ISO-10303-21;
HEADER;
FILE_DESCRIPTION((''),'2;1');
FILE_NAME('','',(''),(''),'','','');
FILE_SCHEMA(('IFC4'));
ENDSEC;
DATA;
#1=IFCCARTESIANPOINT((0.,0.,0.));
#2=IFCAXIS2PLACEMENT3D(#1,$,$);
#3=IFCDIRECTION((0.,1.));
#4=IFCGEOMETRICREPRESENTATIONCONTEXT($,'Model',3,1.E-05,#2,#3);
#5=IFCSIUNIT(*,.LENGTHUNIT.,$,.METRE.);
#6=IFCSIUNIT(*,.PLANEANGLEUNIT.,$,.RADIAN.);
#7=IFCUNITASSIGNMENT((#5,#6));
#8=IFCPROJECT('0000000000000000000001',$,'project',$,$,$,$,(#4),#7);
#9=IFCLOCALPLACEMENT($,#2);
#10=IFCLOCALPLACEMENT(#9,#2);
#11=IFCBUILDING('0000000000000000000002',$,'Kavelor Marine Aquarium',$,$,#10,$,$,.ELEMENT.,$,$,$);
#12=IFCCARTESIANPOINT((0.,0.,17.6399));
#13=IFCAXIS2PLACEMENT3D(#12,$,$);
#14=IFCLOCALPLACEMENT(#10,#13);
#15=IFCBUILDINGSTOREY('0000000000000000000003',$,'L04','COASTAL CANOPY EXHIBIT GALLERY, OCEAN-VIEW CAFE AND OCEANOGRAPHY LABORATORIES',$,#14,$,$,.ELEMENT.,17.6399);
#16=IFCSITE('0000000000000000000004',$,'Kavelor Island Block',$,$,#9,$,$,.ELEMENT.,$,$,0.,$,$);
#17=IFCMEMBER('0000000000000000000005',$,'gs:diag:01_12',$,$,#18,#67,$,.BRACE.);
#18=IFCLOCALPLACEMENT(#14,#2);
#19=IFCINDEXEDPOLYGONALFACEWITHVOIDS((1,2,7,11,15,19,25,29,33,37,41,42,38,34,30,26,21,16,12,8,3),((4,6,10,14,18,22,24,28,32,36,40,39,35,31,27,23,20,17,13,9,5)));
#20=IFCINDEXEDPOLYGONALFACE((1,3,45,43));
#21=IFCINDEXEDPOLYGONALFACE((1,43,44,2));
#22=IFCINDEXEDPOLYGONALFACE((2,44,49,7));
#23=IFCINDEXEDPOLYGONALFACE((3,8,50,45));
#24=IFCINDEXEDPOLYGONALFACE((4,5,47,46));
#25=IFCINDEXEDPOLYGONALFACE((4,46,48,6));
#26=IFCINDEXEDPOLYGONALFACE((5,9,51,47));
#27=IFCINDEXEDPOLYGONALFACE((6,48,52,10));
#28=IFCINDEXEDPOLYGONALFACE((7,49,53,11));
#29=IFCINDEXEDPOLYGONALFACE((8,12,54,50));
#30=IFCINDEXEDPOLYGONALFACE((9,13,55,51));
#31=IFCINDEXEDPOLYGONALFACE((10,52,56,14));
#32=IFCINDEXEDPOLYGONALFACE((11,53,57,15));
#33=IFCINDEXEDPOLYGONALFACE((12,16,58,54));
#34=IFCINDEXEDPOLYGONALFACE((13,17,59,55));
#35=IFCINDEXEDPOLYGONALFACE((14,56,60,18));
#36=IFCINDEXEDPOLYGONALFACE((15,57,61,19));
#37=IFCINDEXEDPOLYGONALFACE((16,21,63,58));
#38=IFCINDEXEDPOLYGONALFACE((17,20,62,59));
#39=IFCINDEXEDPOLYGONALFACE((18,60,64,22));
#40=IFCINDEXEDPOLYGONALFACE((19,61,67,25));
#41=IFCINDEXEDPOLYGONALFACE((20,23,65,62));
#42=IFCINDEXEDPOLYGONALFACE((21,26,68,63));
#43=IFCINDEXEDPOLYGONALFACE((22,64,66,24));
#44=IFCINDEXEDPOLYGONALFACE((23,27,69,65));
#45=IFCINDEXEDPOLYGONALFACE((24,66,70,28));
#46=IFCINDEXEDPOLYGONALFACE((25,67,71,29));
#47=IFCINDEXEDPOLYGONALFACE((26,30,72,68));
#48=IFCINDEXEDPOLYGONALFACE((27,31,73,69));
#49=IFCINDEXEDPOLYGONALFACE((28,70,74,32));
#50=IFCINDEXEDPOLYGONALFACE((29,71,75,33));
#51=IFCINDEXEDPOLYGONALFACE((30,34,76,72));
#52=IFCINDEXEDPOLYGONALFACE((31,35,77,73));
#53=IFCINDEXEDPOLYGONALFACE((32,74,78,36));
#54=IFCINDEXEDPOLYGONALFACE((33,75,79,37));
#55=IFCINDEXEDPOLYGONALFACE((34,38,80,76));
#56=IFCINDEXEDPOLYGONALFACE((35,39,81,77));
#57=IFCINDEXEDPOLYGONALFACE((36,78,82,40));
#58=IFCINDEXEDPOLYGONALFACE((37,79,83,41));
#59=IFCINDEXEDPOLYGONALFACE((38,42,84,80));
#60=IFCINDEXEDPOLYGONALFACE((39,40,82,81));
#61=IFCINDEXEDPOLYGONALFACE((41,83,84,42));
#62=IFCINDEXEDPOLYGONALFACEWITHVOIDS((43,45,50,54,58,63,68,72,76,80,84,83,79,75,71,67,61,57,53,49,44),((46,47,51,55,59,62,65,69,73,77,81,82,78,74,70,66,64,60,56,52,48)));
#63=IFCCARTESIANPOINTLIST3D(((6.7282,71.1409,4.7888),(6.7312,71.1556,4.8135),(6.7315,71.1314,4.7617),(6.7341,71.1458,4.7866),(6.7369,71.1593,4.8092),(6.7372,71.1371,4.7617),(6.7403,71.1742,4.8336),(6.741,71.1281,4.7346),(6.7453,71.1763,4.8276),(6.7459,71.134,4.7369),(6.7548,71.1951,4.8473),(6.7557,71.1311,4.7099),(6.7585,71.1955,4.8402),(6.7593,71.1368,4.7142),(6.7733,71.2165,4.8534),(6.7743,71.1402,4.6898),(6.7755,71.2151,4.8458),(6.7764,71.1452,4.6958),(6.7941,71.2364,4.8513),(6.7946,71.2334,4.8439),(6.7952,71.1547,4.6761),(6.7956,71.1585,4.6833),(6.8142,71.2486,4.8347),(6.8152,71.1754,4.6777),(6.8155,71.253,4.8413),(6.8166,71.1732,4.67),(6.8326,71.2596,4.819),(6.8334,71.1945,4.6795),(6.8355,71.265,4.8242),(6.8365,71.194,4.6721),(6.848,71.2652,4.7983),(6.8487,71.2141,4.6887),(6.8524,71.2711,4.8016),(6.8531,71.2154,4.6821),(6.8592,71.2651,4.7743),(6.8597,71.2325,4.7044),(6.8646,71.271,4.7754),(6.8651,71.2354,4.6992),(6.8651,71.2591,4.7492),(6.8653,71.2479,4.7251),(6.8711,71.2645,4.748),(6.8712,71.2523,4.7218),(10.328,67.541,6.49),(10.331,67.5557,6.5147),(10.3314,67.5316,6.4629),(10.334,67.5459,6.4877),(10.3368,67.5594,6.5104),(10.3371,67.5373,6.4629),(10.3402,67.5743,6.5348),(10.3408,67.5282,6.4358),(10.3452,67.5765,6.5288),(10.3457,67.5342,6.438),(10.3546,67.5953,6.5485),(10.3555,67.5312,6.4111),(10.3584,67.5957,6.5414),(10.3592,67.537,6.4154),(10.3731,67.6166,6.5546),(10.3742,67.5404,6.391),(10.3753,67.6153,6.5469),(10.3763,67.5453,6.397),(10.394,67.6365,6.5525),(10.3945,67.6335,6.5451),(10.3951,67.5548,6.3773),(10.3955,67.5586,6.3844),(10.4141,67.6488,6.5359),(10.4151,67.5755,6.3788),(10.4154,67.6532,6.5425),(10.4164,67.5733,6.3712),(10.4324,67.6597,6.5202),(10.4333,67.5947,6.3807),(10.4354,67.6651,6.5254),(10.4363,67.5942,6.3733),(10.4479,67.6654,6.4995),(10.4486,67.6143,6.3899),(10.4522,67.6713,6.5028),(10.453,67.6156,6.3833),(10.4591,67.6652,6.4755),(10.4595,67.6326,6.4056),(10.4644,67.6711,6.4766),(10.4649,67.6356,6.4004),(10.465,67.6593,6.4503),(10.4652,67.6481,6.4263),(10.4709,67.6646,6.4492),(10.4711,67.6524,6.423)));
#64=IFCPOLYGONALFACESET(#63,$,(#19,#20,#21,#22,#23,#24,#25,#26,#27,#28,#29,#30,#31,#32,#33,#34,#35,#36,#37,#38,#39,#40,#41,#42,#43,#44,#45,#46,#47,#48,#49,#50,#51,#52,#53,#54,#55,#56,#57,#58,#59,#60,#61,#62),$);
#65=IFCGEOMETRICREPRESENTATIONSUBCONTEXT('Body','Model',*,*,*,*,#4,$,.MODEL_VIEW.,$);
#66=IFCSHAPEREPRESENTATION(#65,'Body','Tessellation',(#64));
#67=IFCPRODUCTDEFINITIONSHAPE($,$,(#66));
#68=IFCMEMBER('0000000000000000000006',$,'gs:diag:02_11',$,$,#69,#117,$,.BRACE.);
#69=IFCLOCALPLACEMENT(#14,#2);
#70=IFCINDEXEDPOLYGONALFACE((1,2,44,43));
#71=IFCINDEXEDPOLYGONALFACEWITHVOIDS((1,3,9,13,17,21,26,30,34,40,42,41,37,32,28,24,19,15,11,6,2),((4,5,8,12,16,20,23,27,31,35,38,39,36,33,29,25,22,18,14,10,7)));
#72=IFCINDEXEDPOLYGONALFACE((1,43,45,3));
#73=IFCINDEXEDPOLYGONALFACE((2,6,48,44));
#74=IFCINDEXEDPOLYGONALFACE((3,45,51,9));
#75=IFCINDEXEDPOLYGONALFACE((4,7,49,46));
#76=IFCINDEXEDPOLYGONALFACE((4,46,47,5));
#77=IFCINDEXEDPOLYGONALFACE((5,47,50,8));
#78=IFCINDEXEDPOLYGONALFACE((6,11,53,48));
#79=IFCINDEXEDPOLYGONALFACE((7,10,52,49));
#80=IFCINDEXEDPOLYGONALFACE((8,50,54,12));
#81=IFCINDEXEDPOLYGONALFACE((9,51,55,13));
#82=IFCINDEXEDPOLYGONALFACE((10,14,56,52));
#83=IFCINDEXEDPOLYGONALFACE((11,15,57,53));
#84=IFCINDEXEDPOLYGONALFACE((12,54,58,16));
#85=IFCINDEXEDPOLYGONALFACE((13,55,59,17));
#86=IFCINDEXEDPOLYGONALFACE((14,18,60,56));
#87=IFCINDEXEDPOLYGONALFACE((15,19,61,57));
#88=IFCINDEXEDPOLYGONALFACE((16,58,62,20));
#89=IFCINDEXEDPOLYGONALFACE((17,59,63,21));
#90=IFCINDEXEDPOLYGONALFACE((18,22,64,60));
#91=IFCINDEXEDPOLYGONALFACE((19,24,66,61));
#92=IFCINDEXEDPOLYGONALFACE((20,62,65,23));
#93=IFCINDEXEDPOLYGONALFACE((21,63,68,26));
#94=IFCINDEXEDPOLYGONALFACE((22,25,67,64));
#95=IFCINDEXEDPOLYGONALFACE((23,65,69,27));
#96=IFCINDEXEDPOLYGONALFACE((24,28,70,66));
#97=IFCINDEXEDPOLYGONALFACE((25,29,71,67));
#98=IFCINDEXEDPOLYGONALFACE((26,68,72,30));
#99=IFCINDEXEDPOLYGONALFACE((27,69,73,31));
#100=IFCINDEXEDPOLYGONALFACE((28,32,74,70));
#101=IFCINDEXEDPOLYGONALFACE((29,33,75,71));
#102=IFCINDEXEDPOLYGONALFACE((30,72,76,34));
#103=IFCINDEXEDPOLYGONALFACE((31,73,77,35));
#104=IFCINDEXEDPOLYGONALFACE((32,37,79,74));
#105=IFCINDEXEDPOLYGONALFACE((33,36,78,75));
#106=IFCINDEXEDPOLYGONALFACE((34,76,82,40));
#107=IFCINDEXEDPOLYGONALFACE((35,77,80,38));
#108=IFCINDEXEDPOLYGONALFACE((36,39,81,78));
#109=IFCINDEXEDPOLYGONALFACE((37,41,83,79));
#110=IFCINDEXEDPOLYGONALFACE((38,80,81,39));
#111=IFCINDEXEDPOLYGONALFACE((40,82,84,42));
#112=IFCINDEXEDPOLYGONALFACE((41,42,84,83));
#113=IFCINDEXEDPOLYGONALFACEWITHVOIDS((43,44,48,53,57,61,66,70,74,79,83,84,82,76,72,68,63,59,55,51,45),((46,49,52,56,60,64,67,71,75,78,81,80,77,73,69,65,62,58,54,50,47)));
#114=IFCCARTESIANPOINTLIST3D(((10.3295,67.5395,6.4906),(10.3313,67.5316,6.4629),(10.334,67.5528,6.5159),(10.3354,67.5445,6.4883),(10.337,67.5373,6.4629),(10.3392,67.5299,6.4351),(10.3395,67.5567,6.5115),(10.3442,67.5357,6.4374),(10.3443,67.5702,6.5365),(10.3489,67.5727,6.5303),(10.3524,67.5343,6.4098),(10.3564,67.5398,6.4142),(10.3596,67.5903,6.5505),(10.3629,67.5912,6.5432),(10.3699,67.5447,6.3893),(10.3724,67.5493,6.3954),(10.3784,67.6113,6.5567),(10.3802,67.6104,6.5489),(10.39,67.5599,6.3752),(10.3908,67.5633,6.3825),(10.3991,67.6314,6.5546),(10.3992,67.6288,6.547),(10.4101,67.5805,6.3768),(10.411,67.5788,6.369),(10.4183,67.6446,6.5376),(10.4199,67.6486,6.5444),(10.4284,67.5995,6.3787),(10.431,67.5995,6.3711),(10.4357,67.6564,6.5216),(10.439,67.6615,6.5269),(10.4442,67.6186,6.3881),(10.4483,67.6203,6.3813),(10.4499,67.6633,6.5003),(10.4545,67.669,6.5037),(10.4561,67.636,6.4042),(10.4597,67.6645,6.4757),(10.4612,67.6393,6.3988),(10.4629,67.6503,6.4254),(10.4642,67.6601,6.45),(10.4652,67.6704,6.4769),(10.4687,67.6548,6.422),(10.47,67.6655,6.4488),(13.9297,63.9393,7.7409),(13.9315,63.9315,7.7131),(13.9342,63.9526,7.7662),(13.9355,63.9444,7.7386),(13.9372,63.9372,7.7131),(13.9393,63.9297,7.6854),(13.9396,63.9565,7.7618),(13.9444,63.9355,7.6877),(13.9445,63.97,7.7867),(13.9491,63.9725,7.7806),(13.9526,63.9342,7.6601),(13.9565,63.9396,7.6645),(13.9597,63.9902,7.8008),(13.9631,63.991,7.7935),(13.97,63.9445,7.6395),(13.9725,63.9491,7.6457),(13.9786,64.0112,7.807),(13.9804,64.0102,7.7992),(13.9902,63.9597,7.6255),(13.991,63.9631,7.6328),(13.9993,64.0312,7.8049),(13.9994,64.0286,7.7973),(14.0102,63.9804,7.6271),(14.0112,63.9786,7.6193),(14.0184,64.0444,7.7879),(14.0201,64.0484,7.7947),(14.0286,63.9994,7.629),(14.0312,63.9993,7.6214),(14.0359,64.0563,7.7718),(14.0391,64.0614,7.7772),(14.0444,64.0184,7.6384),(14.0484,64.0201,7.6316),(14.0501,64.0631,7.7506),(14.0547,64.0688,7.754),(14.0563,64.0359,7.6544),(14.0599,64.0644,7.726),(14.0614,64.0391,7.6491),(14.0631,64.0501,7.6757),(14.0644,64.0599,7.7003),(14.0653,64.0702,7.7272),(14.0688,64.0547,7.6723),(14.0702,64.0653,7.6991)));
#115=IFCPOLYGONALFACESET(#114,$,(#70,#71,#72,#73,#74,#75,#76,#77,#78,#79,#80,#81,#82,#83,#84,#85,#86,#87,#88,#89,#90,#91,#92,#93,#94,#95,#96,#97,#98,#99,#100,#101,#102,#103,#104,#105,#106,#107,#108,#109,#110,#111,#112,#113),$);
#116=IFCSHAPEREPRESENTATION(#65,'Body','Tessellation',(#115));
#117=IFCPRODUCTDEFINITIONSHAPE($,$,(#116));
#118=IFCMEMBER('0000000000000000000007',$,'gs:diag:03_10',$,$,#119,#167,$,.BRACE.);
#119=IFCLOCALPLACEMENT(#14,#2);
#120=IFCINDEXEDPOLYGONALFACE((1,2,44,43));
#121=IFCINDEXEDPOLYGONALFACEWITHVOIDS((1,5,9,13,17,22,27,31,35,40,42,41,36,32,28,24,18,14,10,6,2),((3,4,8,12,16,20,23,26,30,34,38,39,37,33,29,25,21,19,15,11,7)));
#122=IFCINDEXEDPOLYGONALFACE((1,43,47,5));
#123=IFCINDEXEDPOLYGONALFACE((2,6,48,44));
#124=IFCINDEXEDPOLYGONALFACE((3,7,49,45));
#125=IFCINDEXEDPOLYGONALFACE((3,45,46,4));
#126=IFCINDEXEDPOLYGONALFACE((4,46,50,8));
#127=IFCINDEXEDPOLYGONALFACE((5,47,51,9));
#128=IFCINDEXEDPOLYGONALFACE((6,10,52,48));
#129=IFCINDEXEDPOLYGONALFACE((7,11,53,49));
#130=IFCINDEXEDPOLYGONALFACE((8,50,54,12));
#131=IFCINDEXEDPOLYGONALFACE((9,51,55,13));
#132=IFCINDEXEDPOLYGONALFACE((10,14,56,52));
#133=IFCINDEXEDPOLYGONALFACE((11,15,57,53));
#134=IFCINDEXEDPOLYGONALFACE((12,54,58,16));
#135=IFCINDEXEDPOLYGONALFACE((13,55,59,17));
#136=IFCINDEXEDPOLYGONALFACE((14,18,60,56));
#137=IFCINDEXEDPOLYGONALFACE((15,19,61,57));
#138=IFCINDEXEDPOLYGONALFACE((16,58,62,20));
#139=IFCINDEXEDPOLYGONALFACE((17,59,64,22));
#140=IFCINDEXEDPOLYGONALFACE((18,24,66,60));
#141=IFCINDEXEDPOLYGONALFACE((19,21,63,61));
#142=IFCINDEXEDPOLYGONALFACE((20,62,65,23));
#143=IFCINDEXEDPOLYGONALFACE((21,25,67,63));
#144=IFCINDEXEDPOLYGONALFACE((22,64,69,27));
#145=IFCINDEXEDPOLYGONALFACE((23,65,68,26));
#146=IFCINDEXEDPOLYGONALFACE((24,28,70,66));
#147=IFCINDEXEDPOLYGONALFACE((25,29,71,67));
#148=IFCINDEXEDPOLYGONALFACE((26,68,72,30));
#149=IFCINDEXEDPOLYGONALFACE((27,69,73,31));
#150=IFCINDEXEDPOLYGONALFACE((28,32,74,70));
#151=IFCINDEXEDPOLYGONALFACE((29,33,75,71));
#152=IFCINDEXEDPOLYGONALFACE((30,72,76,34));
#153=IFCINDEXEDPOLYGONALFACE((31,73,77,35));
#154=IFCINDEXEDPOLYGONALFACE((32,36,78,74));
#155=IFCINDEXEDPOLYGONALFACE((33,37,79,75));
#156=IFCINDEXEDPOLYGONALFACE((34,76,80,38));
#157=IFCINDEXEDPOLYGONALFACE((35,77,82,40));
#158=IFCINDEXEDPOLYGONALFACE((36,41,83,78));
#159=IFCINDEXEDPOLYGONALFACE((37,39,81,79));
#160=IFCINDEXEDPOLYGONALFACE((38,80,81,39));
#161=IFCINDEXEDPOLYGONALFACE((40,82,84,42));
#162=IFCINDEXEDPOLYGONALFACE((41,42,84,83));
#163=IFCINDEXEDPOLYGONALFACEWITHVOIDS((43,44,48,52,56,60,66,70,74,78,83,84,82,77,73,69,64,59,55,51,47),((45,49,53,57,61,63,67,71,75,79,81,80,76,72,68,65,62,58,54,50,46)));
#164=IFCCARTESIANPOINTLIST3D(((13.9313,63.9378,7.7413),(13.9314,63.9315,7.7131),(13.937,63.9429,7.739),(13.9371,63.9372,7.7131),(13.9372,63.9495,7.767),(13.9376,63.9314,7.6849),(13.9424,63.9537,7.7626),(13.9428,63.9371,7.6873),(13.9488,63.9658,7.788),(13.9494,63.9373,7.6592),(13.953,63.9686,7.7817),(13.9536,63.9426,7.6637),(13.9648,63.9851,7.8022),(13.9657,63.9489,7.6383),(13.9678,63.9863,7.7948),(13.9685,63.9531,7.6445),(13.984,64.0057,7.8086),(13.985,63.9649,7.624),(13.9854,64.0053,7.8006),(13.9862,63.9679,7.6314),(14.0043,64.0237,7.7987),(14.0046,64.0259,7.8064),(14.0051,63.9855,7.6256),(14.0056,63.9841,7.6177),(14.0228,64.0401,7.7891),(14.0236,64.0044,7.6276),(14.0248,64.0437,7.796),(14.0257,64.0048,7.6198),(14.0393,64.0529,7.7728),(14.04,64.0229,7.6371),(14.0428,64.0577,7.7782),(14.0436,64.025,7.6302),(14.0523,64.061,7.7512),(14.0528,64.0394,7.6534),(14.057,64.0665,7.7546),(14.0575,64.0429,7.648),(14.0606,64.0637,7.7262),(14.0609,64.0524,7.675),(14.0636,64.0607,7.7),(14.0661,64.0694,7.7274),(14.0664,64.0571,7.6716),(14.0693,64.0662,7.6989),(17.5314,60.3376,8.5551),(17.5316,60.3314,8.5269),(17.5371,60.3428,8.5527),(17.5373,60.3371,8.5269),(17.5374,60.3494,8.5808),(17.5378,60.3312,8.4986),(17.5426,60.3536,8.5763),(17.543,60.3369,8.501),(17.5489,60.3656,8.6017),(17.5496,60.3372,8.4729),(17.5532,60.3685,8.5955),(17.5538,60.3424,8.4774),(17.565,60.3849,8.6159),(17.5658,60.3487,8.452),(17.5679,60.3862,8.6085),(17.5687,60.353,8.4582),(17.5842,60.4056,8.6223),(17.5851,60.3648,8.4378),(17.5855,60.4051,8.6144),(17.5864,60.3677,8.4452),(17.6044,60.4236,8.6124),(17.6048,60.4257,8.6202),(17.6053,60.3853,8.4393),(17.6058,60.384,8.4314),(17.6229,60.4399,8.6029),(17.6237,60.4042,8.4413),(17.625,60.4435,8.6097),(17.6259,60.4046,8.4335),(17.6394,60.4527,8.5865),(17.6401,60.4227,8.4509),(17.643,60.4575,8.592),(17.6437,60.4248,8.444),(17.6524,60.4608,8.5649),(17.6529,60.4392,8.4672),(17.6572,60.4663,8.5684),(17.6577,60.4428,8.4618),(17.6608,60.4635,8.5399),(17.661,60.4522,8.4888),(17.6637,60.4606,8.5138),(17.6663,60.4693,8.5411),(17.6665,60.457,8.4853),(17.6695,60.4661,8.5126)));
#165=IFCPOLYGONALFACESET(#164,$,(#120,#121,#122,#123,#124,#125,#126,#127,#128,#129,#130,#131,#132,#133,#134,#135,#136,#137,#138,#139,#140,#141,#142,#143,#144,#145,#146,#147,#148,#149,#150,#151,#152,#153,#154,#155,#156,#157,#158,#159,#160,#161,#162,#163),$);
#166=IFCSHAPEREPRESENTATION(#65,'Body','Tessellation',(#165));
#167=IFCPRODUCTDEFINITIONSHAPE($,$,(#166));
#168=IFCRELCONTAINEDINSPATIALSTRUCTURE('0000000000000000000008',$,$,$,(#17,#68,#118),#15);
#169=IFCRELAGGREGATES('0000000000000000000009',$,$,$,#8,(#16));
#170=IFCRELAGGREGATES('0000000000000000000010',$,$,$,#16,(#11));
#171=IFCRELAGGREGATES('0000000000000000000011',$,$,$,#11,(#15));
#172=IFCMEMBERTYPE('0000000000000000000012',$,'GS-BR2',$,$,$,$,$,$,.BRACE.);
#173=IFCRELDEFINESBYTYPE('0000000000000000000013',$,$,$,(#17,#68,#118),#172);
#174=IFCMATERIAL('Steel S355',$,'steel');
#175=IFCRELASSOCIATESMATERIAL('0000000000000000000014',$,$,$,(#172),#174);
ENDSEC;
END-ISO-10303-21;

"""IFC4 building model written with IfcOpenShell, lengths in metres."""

from ifc_helpers import new_model, si_unit, direction, frame, origin, origin_2d, place, context, subcontext, project, spatial, hollow_circle, extrude, material, material_profile, profile_set, type_object, element, save


model = new_model("IFC4")

# Units and contexts
model_context = context("Model", 3, precision=1e-05, world=origin(), true_north=direction((0.0, 1.0)))
body_context = subcontext(model_context, "Body", "Model", "MODEL_VIEW")
ifc_project = project(units=[si_unit("LENGTHUNIT", "METRE"), si_unit("PLANEANGLEUNIT", "RADIAN")], contexts=[model_context])

# Site, building, storey
site_placement = place(None, origin())
site = spatial("IfcSite", under=ifc_project, at=site_placement, Name="Kavelor Island Block", CompositionType="ELEMENT", RefElevation=0.0)
building_placement = place(site_placement, origin())
building = spatial("IfcBuilding", under=site, at=building_placement, Name="Kavelor Marine Aquarium", CompositionType="ELEMENT")
storey_placement = place(building_placement, frame((0.0, 0.0, 17.6399)))
storey = spatial("IfcBuildingStorey", under=building, at=storey_placement, Name="L04", Description="COASTAL CANOPY EXHIBIT GALLERY, OCEAN-VIEW CAFE AND OCEANOGRAPHY LABORATORIES", CompositionType="ELEMENT", Elevation=17.6399)

# Members
ifc_material_1 = material(Name="Steel S355", Category="steel")
ifc_material_profile_1 = material_profile(ifc_material_1, hollow_circle(Radius=0.0969, WallThickness=0.0081, at=origin_2d()), Name="CHS 193.7x8.0")
ifc_profile_set_1 = profile_set([ifc_material_profile_1], Name="Steel S355")
member_type_1 = type_object("IfcMemberType", Name="GS-BR2", PredefinedType="BRACE", material=ifc_profile_set_1)
member_1_placement = place(storey_placement, frame((10.3999, 67.6001, 6.4629), z_axis=(-0.670655, 0.670655, -0.316929), x_axis=(-0.707107, -0.707107, 0.0)))
element("IfcMember", 1, at=member_1_placement, inside=storey, type_object=member_type_1, Name="gs:diag:01_12", PredefinedType="BRACE", context=body_context, shape_type="SweptSolid", body=[
    extrude(hollow_circle(Radius=0.0969, WallThickness=0.0081, at=origin_2d()), origin(), (0.0, 0.0, 1.0), 5.3677),
])
member_2_placement = place(storey_placement, frame((14.0, 64.0, 7.7131), z_axis=(-0.686705, 0.686705, -0.238479), x_axis=(-0.707107, -0.707107, 0.0)))
element("IfcMember", 2, at=member_2_placement, inside=storey, type_object=member_type_1, Name="gs:diag:02_11", PredefinedType="BRACE", context=body_context, shape_type="SweptSolid", body=[
    extrude(hollow_circle(Radius=0.0969, WallThickness=0.0081, at=origin_2d()), origin(), (0.0, 0.0, 1.0), 5.2427),
])
member_3_placement = place(storey_placement, frame((17.6001, 60.3999, 8.5269), z_axis=(-0.698245, 0.698245, -0.157822), x_axis=(-0.707107, -0.707107, 0.0)))
element("IfcMember", 3, at=member_3_placement, inside=storey, type_object=member_type_1, Name="gs:diag:03_10", PredefinedType="BRACE", context=body_context, shape_type="SweptSolid", body=[
    extrude(hollow_circle(Radius=0.0969, WallThickness=0.0081, at=origin_2d()), origin(), (0.0, 0.0, 1.0), 5.156),
])

save(model, "model.ifc")
